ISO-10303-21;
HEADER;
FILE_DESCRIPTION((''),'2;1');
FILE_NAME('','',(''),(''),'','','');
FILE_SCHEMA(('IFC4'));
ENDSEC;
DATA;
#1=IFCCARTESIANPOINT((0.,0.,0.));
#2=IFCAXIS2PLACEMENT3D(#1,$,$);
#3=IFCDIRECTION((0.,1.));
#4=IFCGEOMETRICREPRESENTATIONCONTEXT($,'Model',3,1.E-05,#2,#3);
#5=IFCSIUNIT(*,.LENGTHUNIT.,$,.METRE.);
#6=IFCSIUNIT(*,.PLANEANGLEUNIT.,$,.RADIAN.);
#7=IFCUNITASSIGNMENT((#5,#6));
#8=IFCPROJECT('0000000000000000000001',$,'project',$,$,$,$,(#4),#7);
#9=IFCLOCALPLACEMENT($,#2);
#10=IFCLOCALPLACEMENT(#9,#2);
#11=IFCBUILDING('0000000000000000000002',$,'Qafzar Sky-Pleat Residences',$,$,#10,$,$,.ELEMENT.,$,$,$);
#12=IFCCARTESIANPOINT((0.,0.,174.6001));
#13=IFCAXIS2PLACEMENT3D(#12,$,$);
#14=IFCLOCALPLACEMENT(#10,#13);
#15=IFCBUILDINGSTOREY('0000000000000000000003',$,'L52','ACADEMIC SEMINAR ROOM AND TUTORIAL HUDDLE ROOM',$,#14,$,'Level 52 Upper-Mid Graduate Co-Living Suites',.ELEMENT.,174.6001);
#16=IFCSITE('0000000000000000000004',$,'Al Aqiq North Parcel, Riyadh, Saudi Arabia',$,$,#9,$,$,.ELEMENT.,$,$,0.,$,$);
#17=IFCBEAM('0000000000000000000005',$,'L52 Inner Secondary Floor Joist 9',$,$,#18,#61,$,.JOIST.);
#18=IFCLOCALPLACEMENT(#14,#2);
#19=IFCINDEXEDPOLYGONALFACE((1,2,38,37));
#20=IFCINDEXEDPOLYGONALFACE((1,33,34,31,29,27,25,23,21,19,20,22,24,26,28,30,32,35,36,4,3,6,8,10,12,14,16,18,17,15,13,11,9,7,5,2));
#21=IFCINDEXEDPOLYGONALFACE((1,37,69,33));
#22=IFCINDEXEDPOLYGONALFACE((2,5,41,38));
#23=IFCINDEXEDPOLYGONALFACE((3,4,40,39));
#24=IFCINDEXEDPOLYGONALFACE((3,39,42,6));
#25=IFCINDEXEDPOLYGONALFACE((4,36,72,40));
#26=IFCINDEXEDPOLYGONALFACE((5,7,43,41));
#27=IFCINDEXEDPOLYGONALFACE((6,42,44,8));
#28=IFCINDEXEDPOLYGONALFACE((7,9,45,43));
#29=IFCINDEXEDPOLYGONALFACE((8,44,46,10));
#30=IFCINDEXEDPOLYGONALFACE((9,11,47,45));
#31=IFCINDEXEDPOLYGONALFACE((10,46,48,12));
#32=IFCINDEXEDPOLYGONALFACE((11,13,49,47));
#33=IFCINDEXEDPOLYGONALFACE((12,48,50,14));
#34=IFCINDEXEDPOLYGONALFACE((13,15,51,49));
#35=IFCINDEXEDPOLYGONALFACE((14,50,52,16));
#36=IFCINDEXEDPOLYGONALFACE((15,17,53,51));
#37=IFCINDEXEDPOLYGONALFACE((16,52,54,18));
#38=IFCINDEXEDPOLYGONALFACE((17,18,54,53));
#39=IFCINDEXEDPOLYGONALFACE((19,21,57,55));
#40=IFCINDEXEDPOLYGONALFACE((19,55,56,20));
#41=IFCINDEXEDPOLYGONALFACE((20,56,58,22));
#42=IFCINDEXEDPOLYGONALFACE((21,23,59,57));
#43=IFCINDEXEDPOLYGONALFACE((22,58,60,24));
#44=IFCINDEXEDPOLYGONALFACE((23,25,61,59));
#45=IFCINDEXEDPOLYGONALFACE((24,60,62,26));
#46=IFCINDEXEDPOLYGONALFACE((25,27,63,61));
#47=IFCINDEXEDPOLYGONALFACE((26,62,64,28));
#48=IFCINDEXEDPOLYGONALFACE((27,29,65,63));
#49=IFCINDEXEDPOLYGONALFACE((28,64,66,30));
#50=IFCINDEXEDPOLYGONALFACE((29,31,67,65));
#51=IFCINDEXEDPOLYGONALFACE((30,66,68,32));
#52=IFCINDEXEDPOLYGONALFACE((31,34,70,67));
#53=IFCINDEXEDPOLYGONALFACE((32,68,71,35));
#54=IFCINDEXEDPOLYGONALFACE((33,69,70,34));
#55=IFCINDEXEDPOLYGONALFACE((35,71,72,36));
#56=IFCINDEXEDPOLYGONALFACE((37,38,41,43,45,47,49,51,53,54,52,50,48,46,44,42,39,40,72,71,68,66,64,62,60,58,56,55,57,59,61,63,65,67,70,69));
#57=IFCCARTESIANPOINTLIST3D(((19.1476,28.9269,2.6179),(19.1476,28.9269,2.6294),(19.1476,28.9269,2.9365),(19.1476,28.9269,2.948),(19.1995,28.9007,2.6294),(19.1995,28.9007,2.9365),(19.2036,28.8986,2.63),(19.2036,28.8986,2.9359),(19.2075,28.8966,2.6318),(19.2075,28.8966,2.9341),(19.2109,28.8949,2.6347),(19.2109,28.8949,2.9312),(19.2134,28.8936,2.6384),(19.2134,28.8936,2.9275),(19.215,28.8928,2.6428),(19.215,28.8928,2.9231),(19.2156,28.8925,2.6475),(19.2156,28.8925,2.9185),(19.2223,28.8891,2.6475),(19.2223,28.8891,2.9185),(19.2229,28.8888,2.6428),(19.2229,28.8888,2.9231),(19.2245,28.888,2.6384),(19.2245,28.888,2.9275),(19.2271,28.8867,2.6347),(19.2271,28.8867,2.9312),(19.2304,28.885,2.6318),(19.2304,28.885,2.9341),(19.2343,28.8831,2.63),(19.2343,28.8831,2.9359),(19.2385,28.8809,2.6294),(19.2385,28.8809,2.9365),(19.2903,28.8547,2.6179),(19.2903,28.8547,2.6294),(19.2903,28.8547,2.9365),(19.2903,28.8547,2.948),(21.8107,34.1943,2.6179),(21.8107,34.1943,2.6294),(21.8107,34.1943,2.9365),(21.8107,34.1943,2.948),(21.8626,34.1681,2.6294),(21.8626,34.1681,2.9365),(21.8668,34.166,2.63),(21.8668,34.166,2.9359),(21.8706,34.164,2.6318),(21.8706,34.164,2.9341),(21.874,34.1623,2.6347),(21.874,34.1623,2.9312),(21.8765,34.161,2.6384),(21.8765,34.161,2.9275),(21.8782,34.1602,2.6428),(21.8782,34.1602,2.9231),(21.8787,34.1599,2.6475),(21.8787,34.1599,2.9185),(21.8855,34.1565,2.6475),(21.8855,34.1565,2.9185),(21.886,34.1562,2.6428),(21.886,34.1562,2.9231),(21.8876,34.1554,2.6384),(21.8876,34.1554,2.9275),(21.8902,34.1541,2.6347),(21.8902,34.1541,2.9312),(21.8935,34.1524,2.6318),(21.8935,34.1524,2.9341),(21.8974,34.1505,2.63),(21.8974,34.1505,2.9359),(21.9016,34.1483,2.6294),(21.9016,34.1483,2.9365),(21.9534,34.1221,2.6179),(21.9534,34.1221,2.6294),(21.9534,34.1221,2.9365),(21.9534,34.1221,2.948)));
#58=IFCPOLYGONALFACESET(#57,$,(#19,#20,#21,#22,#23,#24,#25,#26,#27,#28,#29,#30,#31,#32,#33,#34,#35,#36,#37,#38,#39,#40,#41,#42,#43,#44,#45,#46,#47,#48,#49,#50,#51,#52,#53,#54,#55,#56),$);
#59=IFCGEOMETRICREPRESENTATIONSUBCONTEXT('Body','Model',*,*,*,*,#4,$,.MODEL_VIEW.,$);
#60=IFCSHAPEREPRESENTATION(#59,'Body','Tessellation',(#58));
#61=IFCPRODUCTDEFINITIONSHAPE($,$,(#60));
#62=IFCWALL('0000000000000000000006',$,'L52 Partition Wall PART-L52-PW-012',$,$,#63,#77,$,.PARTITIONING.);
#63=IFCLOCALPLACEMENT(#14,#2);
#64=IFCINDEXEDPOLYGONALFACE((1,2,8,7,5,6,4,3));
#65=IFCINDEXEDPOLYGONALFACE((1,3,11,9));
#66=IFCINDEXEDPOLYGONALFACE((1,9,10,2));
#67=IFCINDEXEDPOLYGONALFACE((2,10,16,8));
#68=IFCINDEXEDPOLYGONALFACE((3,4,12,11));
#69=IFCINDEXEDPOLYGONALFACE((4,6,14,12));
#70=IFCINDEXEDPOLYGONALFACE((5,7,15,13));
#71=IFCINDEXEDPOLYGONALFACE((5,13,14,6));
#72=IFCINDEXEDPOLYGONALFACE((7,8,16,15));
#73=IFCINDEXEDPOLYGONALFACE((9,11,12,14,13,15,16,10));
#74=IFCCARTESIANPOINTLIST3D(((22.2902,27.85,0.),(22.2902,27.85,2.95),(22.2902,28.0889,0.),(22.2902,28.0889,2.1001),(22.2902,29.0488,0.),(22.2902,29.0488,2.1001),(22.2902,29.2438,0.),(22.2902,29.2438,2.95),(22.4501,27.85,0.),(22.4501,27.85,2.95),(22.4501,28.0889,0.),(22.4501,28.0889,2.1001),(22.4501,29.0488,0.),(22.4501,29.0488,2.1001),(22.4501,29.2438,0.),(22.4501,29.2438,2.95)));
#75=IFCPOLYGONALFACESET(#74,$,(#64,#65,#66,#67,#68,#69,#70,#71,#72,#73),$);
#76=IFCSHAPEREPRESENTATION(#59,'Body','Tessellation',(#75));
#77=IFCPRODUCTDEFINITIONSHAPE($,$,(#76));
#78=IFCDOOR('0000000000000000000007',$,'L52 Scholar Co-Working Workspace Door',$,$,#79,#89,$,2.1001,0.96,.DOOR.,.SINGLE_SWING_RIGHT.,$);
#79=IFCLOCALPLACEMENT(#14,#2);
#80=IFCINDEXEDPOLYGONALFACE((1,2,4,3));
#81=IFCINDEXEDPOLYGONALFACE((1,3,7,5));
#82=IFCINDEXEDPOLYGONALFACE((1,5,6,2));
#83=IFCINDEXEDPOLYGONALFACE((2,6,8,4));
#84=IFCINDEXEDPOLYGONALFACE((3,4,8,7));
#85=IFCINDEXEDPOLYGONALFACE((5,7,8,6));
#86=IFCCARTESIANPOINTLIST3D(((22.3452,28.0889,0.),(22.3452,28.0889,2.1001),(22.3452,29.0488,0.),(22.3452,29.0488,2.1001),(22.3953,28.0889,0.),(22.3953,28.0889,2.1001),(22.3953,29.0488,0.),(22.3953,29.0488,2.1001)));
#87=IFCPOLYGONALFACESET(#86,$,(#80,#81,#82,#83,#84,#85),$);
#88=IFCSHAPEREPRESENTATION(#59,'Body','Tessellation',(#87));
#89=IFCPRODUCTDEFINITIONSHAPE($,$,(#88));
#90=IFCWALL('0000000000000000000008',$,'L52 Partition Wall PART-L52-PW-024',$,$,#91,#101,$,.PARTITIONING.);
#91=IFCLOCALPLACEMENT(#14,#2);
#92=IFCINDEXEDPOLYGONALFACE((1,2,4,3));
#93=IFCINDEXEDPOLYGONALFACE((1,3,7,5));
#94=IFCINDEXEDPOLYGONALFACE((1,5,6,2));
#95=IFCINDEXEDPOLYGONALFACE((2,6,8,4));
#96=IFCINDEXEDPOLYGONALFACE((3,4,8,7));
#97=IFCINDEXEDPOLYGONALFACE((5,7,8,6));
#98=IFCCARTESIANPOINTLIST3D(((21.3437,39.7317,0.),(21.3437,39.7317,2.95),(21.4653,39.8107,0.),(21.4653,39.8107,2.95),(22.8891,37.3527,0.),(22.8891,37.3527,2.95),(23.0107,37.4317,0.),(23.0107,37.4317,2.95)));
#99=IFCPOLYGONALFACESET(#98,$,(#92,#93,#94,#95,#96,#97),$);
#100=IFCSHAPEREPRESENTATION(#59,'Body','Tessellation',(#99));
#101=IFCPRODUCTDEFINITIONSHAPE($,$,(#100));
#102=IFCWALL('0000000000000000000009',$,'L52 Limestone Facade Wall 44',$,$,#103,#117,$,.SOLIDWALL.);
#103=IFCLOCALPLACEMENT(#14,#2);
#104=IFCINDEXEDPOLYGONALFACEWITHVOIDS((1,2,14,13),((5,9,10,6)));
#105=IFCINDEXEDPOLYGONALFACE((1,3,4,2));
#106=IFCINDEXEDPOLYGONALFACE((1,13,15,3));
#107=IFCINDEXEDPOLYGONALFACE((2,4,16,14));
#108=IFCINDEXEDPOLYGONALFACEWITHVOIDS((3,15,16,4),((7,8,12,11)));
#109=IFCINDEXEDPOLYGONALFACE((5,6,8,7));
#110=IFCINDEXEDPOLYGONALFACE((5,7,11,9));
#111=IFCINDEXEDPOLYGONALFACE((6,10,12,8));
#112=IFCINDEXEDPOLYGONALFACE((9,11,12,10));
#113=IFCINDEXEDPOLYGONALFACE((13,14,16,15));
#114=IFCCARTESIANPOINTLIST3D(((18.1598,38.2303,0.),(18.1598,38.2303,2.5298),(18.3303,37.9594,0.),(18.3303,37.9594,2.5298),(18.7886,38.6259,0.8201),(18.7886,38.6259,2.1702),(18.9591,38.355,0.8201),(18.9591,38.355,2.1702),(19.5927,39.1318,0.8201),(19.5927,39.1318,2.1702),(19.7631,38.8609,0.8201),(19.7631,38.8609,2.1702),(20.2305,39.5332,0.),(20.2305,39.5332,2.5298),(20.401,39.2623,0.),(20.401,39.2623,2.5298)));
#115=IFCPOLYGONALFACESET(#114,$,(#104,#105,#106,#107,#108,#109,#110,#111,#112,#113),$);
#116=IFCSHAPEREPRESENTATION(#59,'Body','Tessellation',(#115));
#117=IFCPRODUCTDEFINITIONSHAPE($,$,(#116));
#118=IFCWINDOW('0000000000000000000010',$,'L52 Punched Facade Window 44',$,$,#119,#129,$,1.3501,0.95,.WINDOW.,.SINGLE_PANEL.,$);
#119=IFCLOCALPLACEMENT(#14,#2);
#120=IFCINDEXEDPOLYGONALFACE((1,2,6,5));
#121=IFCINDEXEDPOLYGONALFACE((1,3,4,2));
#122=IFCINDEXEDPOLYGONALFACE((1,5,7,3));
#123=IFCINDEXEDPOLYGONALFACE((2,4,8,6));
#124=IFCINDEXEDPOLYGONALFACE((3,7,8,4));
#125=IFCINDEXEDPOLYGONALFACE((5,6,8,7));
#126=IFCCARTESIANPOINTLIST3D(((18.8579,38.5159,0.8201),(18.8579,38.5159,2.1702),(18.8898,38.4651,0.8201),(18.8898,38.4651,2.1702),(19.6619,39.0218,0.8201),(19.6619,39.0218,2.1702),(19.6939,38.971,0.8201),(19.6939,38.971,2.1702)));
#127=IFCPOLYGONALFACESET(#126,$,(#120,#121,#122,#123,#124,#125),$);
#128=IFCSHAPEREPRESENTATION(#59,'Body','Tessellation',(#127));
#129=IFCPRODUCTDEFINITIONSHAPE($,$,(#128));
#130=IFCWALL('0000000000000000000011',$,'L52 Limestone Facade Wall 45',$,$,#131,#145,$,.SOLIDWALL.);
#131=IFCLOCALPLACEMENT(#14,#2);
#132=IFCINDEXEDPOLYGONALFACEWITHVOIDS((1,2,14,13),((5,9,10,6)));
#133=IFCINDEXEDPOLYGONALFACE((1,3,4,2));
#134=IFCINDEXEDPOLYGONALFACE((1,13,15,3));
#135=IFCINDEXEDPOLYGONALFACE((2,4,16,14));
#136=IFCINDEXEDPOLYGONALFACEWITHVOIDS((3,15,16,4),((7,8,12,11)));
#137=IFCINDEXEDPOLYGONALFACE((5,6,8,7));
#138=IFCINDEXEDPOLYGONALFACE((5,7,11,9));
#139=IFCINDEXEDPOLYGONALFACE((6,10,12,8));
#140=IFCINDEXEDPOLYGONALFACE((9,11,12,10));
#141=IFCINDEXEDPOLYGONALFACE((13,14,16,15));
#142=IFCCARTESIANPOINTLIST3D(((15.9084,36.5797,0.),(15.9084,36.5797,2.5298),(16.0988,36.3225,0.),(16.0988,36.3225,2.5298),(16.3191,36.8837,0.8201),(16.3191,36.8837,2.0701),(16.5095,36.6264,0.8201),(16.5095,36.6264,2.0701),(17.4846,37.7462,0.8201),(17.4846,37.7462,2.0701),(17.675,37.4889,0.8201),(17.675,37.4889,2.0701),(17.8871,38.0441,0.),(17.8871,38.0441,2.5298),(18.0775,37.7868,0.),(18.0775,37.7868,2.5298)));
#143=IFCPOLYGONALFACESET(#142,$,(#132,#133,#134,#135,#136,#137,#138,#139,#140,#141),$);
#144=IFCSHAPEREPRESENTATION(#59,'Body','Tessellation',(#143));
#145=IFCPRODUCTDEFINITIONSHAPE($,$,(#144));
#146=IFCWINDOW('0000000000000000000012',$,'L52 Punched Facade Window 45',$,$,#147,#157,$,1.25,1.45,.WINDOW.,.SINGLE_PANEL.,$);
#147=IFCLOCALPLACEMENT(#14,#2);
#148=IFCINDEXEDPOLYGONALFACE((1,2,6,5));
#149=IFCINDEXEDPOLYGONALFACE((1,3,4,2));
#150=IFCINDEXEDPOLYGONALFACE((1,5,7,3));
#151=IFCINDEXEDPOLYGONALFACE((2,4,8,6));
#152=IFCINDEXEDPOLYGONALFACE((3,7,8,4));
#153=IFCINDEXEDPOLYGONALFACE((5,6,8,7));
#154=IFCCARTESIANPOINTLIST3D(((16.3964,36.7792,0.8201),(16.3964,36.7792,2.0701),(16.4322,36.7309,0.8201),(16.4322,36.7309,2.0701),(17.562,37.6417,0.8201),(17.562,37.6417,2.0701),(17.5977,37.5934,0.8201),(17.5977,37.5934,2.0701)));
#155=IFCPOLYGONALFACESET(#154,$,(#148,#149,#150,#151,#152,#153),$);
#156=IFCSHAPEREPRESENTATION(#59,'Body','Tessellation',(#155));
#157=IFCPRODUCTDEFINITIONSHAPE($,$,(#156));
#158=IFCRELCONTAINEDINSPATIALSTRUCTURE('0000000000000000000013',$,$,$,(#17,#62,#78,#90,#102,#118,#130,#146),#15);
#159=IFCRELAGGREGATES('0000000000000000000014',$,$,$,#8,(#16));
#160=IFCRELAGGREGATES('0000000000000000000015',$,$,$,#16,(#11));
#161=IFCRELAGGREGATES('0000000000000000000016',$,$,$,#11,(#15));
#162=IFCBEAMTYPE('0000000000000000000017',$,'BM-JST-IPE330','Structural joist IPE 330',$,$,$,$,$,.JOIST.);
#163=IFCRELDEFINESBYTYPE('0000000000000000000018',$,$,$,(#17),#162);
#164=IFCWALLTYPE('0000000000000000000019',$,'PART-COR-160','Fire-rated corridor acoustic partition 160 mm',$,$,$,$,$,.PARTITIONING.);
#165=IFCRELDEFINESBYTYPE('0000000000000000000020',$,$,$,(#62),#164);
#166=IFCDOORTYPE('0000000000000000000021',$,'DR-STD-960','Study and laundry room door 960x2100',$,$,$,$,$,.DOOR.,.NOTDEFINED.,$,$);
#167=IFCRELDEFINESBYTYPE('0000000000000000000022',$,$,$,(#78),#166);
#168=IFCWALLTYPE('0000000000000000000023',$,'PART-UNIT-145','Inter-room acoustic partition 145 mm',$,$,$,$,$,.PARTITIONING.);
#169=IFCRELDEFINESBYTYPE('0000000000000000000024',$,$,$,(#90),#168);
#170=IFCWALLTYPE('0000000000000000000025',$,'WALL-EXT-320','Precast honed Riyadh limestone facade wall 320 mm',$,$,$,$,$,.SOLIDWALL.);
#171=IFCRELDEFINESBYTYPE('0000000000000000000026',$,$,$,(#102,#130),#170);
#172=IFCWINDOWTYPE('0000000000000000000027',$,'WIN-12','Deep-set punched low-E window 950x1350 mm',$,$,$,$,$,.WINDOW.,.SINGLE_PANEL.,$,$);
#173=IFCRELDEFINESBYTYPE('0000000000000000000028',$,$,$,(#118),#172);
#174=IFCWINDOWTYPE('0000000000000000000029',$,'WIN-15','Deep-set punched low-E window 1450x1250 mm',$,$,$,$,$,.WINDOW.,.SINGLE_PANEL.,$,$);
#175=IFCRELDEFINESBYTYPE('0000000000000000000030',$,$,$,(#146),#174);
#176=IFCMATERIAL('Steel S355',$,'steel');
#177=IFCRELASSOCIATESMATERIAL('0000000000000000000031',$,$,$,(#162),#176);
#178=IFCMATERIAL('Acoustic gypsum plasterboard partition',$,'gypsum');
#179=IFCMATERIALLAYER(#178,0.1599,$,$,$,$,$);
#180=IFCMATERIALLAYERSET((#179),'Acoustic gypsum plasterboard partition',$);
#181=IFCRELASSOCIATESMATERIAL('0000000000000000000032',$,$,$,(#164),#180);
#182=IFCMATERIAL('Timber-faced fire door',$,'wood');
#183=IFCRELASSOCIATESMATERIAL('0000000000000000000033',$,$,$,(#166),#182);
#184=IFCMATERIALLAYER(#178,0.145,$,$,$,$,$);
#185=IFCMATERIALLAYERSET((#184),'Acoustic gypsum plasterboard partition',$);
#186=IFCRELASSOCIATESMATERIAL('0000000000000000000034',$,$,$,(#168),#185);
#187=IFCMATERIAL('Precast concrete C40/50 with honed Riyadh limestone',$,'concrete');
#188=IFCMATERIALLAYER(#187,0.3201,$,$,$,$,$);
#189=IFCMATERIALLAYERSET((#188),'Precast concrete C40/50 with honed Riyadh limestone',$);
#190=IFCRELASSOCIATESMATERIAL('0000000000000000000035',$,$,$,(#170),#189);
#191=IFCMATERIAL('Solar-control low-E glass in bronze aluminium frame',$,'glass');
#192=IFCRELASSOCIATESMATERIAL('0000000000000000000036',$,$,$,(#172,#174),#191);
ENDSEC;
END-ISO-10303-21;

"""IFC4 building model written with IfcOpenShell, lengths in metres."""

from ifc_helpers import new_model, si_unit, direction, frame, frame_2d, origin, origin_2d, place, context, subcontext, project, spatial, rectangle, i_section, extrude, source, transform, mapped, material, layer, layer_set, material_profile, profile_set, type_object, element, fill, save


model = new_model("IFC4")

# Units and contexts
model_context = context("Model", 3, precision=1e-05, world=origin(), true_north=direction((0.0, 1.0)))
body_context = subcontext(model_context, "Body", "Model", "MODEL_VIEW")
ifc_project = project(units=[si_unit("LENGTHUNIT", "METRE"), si_unit("PLANEANGLEUNIT", "RADIAN")], contexts=[model_context])

# Site, building, storey
site_placement = place(None, origin())
site = spatial("IfcSite", under=ifc_project, at=site_placement, Name="Al Aqiq North Parcel, Riyadh, Saudi Arabia", CompositionType="ELEMENT", RefElevation=0.0)
building_placement = place(site_placement, origin())
building = spatial("IfcBuilding", under=site, at=building_placement, Name="Qafzar Sky-Pleat Residences", CompositionType="ELEMENT")
storey_placement = place(building_placement, frame((0.0, 0.0, 174.6001)))
storey = spatial("IfcBuildingStorey", under=building, at=storey_placement, Name="L52", Description="ACADEMIC SEMINAR ROOM AND TUTORIAL HUDDLE ROOM", LongName="Level 52 Upper-Mid Graduate Co-Living Suites", CompositionType="ELEMENT", Elevation=174.6001)

# Beam
ifc_material_1 = material(Name="Steel S355", Category="steel")
ifc_material_profile_1 = material_profile(ifc_material_1, i_section(OverallWidth=0.1599, OverallDepth=0.3301, WebThickness=0.0076, FlangeThickness=0.0115, FilletRadius=0.0181, at=origin_2d()), Name="IPE 330")
ifc_profile_set_1 = profile_set([ifc_material_profile_1], Name="Steel S355")
beam_type_1 = type_object("IfcBeamType", Name="BM-JST-IPE330", Description="Structural joist IPE 330", PredefinedType="JOIST", material=ifc_profile_set_1)
shared_shape_1 = source(origin(), body_context, "Body", "SweptSolid", [
    extrude(i_section(OverallWidth=0.1599, OverallDepth=0.3301, WebThickness=0.0076, FlangeThickness=0.0115, FilletRadius=0.0181, at=origin_2d()), origin(), (0.0, 0.0, 1.0), 5.9023),
])
beam_1_placement = place(storey_placement, frame((21.8821, 34.1582, 2.783), z_axis=(-0.451197, -0.892425, 0.0), x_axis=(0.892425, -0.451197, 0.0)))
element("IfcBeam", 1, at=beam_1_placement, inside=storey, type_object=beam_type_1, Name="L52 Inner Secondary Floor Joist 9", PredefinedType="JOIST", context=body_context, shape_type="MappedRepresentation", body=[
    mapped(shared_shape_1, transform((0.0, 0.0, 0.0), x_axis=(1.0, 0.0, 0.0), y_axis=(0.0, 1.0, 0.0), z_axis=(0.0, 0.0, 1.0), scale=1.0)),
])

# Wall, opening, door
ifc_material_2 = material(Name="Acoustic gypsum plasterboard partition", Category="gypsum")
ifc_layer_1 = layer(ifc_material_2, 0.1599)
ifc_layer_set_1 = layer_set([ifc_layer_1], Name="Acoustic gypsum plasterboard partition")
wall_type_1 = type_object("IfcWallType", Name="PART-COR-160", Description="Fire-rated corridor acoustic partition 160 mm", PredefinedType="PARTITIONING", material=ifc_layer_set_1)
wall_1_placement = place(storey_placement, frame((22.3701, 27.8501, 0.0), z_axis=(0.0, 0.0, 1.0), x_axis=(0.0, 1.0, 0.0)))
wall_1 = element("IfcWall", 2, at=wall_1_placement, inside=storey, type_object=wall_type_1, Name="L52 Partition Wall PART-L52-PW-012", PredefinedType="PARTITIONING", context=body_context, shape_type="SweptSolid", body=[
    extrude(rectangle(XDim=1.3938, YDim=0.1599, at=frame_2d((0.6968, 0.0))), origin(), (0.0, 0.0, 1.0), 2.95),
])
opening_1_placement = place(wall_1_placement, frame((0.2388, 0.0, 0.0)))
opening_1 = element("IfcOpeningElement", 3, at=opening_1_placement, cuts=wall_1, PredefinedType="OPENING", context=body_context, shape_type="SweptSolid", body=[
    extrude(rectangle(XDim=0.96, YDim=2.1001, at=frame_2d((0.48, 1.05))), frame((0.0, 0.0898, 0.0), z_axis=(0.0, -1.0, 0.0), x_axis=(1.0, 0.0, 0.0)), (0.0, 0.0, 1.0), 0.1799),
])
ifc_material_3 = material(Name="Timber-faced fire door", Category="wood")
door_type = type_object("IfcDoorType", Name="DR-STD-960", Description="Study and laundry room door 960x2100", OperationType="NOTDEFINED", PredefinedType="DOOR", material=ifc_material_3)
shared_shape_2 = source(origin(), body_context, "Body", "SweptSolid", [
    extrude(rectangle(XDim=0.96, YDim=2.1001, at=frame_2d((0.48, 1.05))), frame((0.0, 0.0249, 0.0), z_axis=(0.0, -1.0, 0.0), x_axis=(1.0, 0.0, 0.0)), (0.0, 0.0, 1.0), 0.05),
])
door_placement = place(opening_1_placement, origin())
door = element("IfcDoor", 4, at=door_placement, inside=storey, type_object=door_type, Name="L52 Scholar Co-Working Workspace Door", OperationType="SINGLE_SWING_RIGHT", OverallHeight=2.1001, OverallWidth=0.96, PredefinedType="DOOR", context=body_context, shape_type="MappedRepresentation", body=[
    mapped(shared_shape_2, transform((0.0, 0.0, 0.0), x_axis=(1.0, 0.0, 0.0), y_axis=(0.0, 1.0, 0.0), z_axis=(0.0, 0.0, 1.0), scale=1.0)),
])
fill(opening_1, door)

# Wall
ifc_layer_2 = layer(ifc_material_2, 0.145)
ifc_layer_set_2 = layer_set([ifc_layer_2], Name="Acoustic gypsum plasterboard partition")
wall_type_2 = type_object("IfcWallType", Name="PART-UNIT-145", Description="Inter-room acoustic partition 145 mm", PredefinedType="PARTITIONING", material=ifc_layer_set_2)
wall_2_placement = place(storey_placement, frame((21.4045, 39.7712, 0.0), z_axis=(0.0, 0.0, 1.0), x_axis=(0.544731, -0.838611, 0.0)))
element("IfcWall", 5, at=wall_2_placement, inside=storey, type_object=wall_type_2, Name="L52 Partition Wall PART-L52-PW-024", PredefinedType="PARTITIONING", context=body_context, shape_type="SweptSolid", body=[
    extrude(rectangle(XDim=2.8369, YDim=0.145, at=frame_2d((1.4185, 0.0))), origin(), (0.0, 0.0, 1.0), 2.95),
])

# Walls, openings, windows
ifc_material_4 = material(Name="Precast concrete C40/50 with honed Riyadh limestone", Category="concrete")
ifc_layer_3 = layer(ifc_material_4, 0.3201)
ifc_layer_set_3 = layer_set([ifc_layer_3], Name="Precast concrete C40/50 with honed Riyadh limestone")
wall_type_3 = type_object("IfcWallType", Name="WALL-EXT-320", Description="Precast honed Riyadh limestone facade wall 320 mm", PredefinedType="SOLIDWALL", material=ifc_layer_set_3)
wall_3_placement = place(storey_placement, frame((20.3157, 39.3977, 0.0), z_axis=(0.0, 0.0, 1.0), x_axis=(-0.846391, -0.532562, 0.0)))
wall_3 = element("IfcWall", 6, at=wall_3_placement, inside=storey, type_object=wall_type_3, Name="L52 Limestone Facade Wall 44", PredefinedType="SOLIDWALL", context=body_context, shape_type="SweptSolid", body=[
    extrude(rectangle(XDim=2.4465, YDim=0.3201, at=frame_2d((1.2231, 0.0))), origin(), (0.0, 0.0, 1.0), 2.5298),
])
opening_2_placement = place(wall_3_placement, frame((0.7534, 0.0, 0.8201)))
opening_2 = element("IfcOpeningElement", 7, at=opening_2_placement, cuts=wall_3, PredefinedType="OPENING", context=body_context, shape_type="SweptSolid", body=[
    extrude(rectangle(XDim=0.95, YDim=1.3501, at=frame_2d((0.4751, 0.675))), frame((0.0, 0.1699, 0.0), z_axis=(0.0, -1.0, 0.0), x_axis=(1.0, 0.0, 0.0)), (0.0, 0.0, 1.0), 0.3401),
])
ifc_material_5 = material(Name="Solar-control low-E glass in bronze aluminium frame", Category="glass")
window_type_1 = type_object("IfcWindowType", Name="WIN-12", Description="Deep-set punched low-E window 950x1350 mm", PartitioningType="SINGLE_PANEL", PredefinedType="WINDOW", material=ifc_material_5)
shared_shape_3 = source(origin(), body_context, "Body", "SweptSolid", [
    extrude(rectangle(XDim=0.95, YDim=1.3501, at=frame_2d((0.4751, 0.675))), frame((0.0, 0.03, 0.0), z_axis=(0.0, -1.0, 0.0), x_axis=(1.0, 0.0, 0.0)), (0.0, 0.0, 1.0), 0.0601),
])
window_1_placement = place(opening_2_placement, origin())
window_1 = element("IfcWindow", 8, at=window_1_placement, inside=storey, type_object=window_type_1, Name="L52 Punched Facade Window 44", OverallHeight=1.3501, OverallWidth=0.95, PartitioningType="SINGLE_PANEL", PredefinedType="WINDOW", context=body_context, shape_type="MappedRepresentation", body=[
    mapped(shared_shape_3, transform((0.0, 0.0, 0.0), x_axis=(1.0, 0.0, 0.0), y_axis=(0.0, 1.0, 0.0), z_axis=(0.0, 0.0, 1.0), scale=1.0)),
])
fill(opening_2, window_1)
wall_4_placement = place(storey_placement, frame((17.9824, 37.9155, 0.0), z_axis=(0.0, 0.0, 1.0), x_axis=(-0.803828, -0.594862, 0.0)))
wall_4 = element("IfcWall", 9, at=wall_4_placement, inside=storey, type_object=wall_type_3, Name="L52 Limestone Facade Wall 45", PredefinedType="SOLIDWALL", context=body_context, shape_type="SweptSolid", body=[
    extrude(rectangle(XDim=2.4617, YDim=0.3201, at=frame_2d((1.231, 0.0))), origin(), (0.0, 0.0, 1.0), 2.5298),
])
opening_3_placement = place(wall_4_placement, frame((0.5007, 0.0, 0.8201)))
opening_3 = element("IfcOpeningElement", 10, at=opening_3_placement, cuts=wall_4, PredefinedType="OPENING", context=body_context, shape_type="SweptSolid", body=[
    extrude(rectangle(XDim=1.45, YDim=1.25, at=frame_2d((0.7251, 0.625))), frame((0.0, 0.1699, 0.0), z_axis=(0.0, -1.0, 0.0), x_axis=(1.0, 0.0, 0.0)), (0.0, 0.0, 1.0), 0.3401),
])
window_type_2 = type_object("IfcWindowType", Name="WIN-15", Description="Deep-set punched low-E window 1450x1250 mm", PartitioningType="SINGLE_PANEL", PredefinedType="WINDOW", material=ifc_material_5)
shared_shape_4 = source(origin(), body_context, "Body", "SweptSolid", [
    extrude(rectangle(XDim=1.45, YDim=1.25, at=frame_2d((0.7251, 0.625))), frame((0.0, 0.03, 0.0), z_axis=(0.0, -1.0, 0.0), x_axis=(1.0, 0.0, 0.0)), (0.0, 0.0, 1.0), 0.0601),
])
window_2_placement = place(opening_3_placement, origin())
window_2 = element("IfcWindow", 11, at=window_2_placement, inside=storey, type_object=window_type_2, Name="L52 Punched Facade Window 45", OverallHeight=1.25, OverallWidth=1.45, PartitioningType="SINGLE_PANEL", PredefinedType="WINDOW", context=body_context, shape_type="MappedRepresentation", body=[
    mapped(shared_shape_4, transform((0.0, 0.0, 0.0), x_axis=(1.0, 0.0, 0.0), y_axis=(0.0, 1.0, 0.0), z_axis=(0.0, 0.0, 1.0), scale=1.0)),
])
fill(opening_3, window_2)

save(model, "model.ifc")
